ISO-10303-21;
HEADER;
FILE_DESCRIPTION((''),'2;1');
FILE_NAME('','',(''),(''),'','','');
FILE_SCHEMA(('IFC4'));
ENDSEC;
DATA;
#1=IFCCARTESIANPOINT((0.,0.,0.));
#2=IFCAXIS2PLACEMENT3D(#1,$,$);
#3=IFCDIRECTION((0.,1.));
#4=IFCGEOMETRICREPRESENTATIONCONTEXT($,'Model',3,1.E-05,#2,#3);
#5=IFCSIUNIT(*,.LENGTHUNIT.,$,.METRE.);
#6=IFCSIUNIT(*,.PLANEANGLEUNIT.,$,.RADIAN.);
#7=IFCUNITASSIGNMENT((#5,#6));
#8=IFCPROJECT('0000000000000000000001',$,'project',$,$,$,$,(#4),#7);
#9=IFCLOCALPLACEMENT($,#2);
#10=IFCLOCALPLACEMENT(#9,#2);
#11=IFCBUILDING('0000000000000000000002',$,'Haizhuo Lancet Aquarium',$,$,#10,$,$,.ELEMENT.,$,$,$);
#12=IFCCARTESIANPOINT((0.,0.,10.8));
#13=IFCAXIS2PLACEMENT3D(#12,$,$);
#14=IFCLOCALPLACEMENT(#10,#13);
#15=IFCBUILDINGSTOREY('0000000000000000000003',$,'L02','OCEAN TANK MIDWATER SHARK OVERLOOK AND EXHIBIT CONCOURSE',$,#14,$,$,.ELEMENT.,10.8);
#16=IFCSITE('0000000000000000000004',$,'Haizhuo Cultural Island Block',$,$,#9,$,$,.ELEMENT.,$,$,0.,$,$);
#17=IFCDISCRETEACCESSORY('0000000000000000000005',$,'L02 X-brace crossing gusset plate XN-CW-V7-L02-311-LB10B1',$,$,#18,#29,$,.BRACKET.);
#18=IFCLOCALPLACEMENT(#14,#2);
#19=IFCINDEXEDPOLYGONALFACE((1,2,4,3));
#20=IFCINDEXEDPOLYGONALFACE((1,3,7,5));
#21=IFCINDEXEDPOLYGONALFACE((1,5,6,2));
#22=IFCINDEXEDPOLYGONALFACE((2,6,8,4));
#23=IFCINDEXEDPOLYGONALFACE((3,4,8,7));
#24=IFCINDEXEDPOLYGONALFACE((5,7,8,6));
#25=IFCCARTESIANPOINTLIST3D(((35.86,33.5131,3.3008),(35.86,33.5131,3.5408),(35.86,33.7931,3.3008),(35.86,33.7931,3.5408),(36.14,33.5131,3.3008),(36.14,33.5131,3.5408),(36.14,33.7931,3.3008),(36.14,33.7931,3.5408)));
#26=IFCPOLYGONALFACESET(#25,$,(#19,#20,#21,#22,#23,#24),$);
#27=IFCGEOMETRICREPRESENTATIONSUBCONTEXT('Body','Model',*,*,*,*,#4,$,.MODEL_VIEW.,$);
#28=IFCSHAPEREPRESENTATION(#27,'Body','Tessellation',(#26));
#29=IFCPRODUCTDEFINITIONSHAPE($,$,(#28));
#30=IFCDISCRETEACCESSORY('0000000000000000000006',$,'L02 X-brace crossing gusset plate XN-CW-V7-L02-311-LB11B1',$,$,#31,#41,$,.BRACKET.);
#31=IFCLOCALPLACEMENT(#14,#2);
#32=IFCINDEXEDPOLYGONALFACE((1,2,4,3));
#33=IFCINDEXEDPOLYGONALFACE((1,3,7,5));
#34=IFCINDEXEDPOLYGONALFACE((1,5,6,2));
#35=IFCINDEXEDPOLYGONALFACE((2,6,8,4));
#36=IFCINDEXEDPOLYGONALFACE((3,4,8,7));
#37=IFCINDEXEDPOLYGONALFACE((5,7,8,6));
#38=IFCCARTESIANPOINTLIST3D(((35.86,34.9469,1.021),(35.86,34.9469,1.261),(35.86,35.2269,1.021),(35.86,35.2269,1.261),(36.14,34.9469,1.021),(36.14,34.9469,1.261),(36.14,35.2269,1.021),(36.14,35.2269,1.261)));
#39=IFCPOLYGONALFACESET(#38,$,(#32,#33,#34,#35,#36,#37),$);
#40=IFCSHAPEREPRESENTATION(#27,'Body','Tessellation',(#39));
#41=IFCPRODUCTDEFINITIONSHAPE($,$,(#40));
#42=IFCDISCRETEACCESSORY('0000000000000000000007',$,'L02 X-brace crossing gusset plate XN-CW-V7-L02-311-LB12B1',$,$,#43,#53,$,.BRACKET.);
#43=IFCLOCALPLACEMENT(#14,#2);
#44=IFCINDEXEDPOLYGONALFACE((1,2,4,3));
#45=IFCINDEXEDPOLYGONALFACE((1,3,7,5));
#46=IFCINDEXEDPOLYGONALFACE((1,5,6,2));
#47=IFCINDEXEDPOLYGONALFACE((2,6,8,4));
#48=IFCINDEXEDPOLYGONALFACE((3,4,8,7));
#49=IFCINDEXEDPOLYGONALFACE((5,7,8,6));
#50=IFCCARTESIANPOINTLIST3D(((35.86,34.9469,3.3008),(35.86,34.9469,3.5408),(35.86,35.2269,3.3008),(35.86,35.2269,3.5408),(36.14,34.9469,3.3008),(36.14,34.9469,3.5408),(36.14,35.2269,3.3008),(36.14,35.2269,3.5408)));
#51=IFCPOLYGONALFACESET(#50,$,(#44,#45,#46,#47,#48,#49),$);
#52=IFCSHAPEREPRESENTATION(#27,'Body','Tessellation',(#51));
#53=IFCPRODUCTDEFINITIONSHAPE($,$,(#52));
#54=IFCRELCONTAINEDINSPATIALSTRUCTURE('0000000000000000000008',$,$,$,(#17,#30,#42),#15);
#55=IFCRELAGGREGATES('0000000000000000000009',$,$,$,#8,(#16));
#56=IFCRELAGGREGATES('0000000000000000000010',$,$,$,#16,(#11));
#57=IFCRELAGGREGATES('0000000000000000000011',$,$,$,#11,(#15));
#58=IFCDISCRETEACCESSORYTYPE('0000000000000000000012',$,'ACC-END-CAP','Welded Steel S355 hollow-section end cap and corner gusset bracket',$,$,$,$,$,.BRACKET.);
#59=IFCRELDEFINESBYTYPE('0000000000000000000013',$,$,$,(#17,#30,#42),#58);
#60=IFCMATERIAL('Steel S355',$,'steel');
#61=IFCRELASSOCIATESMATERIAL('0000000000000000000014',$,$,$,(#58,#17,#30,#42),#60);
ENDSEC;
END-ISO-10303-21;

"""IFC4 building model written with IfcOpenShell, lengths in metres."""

from ifc_helpers import new_model, si_unit, direction, frame, origin, origin_2d, place, context, subcontext, project, spatial, rectangle, extrude, material, type_object, element, save


model = new_model("IFC4")

# Units and contexts
model_context = context("Model", 3, precision=1e-05, world=origin(), true_north=direction((0.0, 1.0)))
body_context = subcontext(model_context, "Body", "Model", "MODEL_VIEW")
ifc_project = project(units=[si_unit("LENGTHUNIT", "METRE"), si_unit("PLANEANGLEUNIT", "RADIAN")], contexts=[model_context])

# Site, building, storey
site_placement = place(None, origin())
site = spatial("IfcSite", under=ifc_project, at=site_placement, Name="Haizhuo Cultural Island Block", CompositionType="ELEMENT", RefElevation=0.0)
building_placement = place(site_placement, origin())
building = spatial("IfcBuilding", under=site, at=building_placement, Name="Haizhuo Lancet Aquarium", CompositionType="ELEMENT")
storey_placement = place(building_placement, frame((0.0, 0.0, 10.8)))
storey = spatial("IfcBuildingStorey", under=building, at=storey_placement, Name="L02", Description="OCEAN TANK MIDWATER SHARK OVERLOOK AND EXHIBIT CONCOURSE", CompositionType="ELEMENT", Elevation=10.8)

# Shared definitions
ifc_material_1 = material(Name="Steel S355", Category="steel")

# Discrete accessories
discrete_accessory_type = type_object("IfcDiscreteAccessoryType", Name="ACC-END-CAP", Description="Welded Steel S355 hollow-section end cap and corner gusset bracket", PredefinedType="BRACKET", material=ifc_material_1)
for number, where, z_axis, x_axis, name in (
    (1, (36.0, 33.6531, 3.3008), (0.0, 0.0, 1.0), (1.0, 0.0, 0.0), "L02 X-brace crossing gusset plate XN-CW-V7-L02-311-LB10B1"),
    (2, (36.0, 35.0869, 1.021), (0.0, 0.0, 1.0), (1.0, 0.0, 0.0), "L02 X-brace crossing gusset plate XN-CW-V7-L02-311-LB11B1"),
    (3, (36.0, 35.0869, 3.3008), (0.0, 0.0, 1.0), (1.0, 0.0, 0.0), "L02 X-brace crossing gusset plate XN-CW-V7-L02-311-LB12B1"),
):
    element("IfcDiscreteAccessory", number, at=place(storey_placement, frame(where, z_axis=z_axis, x_axis=x_axis)), inside=storey, type_object=discrete_accessory_type, material=ifc_material_1, Name=name, PredefinedType="BRACKET", context=body_context, shape_type="SweptSolid", body=[
        extrude(rectangle(XDim=0.28, YDim=0.28, at=origin_2d()), origin(), (0.0, 0.0, 1.0), 0.24),
    ])

save(model, "model.ifc")
